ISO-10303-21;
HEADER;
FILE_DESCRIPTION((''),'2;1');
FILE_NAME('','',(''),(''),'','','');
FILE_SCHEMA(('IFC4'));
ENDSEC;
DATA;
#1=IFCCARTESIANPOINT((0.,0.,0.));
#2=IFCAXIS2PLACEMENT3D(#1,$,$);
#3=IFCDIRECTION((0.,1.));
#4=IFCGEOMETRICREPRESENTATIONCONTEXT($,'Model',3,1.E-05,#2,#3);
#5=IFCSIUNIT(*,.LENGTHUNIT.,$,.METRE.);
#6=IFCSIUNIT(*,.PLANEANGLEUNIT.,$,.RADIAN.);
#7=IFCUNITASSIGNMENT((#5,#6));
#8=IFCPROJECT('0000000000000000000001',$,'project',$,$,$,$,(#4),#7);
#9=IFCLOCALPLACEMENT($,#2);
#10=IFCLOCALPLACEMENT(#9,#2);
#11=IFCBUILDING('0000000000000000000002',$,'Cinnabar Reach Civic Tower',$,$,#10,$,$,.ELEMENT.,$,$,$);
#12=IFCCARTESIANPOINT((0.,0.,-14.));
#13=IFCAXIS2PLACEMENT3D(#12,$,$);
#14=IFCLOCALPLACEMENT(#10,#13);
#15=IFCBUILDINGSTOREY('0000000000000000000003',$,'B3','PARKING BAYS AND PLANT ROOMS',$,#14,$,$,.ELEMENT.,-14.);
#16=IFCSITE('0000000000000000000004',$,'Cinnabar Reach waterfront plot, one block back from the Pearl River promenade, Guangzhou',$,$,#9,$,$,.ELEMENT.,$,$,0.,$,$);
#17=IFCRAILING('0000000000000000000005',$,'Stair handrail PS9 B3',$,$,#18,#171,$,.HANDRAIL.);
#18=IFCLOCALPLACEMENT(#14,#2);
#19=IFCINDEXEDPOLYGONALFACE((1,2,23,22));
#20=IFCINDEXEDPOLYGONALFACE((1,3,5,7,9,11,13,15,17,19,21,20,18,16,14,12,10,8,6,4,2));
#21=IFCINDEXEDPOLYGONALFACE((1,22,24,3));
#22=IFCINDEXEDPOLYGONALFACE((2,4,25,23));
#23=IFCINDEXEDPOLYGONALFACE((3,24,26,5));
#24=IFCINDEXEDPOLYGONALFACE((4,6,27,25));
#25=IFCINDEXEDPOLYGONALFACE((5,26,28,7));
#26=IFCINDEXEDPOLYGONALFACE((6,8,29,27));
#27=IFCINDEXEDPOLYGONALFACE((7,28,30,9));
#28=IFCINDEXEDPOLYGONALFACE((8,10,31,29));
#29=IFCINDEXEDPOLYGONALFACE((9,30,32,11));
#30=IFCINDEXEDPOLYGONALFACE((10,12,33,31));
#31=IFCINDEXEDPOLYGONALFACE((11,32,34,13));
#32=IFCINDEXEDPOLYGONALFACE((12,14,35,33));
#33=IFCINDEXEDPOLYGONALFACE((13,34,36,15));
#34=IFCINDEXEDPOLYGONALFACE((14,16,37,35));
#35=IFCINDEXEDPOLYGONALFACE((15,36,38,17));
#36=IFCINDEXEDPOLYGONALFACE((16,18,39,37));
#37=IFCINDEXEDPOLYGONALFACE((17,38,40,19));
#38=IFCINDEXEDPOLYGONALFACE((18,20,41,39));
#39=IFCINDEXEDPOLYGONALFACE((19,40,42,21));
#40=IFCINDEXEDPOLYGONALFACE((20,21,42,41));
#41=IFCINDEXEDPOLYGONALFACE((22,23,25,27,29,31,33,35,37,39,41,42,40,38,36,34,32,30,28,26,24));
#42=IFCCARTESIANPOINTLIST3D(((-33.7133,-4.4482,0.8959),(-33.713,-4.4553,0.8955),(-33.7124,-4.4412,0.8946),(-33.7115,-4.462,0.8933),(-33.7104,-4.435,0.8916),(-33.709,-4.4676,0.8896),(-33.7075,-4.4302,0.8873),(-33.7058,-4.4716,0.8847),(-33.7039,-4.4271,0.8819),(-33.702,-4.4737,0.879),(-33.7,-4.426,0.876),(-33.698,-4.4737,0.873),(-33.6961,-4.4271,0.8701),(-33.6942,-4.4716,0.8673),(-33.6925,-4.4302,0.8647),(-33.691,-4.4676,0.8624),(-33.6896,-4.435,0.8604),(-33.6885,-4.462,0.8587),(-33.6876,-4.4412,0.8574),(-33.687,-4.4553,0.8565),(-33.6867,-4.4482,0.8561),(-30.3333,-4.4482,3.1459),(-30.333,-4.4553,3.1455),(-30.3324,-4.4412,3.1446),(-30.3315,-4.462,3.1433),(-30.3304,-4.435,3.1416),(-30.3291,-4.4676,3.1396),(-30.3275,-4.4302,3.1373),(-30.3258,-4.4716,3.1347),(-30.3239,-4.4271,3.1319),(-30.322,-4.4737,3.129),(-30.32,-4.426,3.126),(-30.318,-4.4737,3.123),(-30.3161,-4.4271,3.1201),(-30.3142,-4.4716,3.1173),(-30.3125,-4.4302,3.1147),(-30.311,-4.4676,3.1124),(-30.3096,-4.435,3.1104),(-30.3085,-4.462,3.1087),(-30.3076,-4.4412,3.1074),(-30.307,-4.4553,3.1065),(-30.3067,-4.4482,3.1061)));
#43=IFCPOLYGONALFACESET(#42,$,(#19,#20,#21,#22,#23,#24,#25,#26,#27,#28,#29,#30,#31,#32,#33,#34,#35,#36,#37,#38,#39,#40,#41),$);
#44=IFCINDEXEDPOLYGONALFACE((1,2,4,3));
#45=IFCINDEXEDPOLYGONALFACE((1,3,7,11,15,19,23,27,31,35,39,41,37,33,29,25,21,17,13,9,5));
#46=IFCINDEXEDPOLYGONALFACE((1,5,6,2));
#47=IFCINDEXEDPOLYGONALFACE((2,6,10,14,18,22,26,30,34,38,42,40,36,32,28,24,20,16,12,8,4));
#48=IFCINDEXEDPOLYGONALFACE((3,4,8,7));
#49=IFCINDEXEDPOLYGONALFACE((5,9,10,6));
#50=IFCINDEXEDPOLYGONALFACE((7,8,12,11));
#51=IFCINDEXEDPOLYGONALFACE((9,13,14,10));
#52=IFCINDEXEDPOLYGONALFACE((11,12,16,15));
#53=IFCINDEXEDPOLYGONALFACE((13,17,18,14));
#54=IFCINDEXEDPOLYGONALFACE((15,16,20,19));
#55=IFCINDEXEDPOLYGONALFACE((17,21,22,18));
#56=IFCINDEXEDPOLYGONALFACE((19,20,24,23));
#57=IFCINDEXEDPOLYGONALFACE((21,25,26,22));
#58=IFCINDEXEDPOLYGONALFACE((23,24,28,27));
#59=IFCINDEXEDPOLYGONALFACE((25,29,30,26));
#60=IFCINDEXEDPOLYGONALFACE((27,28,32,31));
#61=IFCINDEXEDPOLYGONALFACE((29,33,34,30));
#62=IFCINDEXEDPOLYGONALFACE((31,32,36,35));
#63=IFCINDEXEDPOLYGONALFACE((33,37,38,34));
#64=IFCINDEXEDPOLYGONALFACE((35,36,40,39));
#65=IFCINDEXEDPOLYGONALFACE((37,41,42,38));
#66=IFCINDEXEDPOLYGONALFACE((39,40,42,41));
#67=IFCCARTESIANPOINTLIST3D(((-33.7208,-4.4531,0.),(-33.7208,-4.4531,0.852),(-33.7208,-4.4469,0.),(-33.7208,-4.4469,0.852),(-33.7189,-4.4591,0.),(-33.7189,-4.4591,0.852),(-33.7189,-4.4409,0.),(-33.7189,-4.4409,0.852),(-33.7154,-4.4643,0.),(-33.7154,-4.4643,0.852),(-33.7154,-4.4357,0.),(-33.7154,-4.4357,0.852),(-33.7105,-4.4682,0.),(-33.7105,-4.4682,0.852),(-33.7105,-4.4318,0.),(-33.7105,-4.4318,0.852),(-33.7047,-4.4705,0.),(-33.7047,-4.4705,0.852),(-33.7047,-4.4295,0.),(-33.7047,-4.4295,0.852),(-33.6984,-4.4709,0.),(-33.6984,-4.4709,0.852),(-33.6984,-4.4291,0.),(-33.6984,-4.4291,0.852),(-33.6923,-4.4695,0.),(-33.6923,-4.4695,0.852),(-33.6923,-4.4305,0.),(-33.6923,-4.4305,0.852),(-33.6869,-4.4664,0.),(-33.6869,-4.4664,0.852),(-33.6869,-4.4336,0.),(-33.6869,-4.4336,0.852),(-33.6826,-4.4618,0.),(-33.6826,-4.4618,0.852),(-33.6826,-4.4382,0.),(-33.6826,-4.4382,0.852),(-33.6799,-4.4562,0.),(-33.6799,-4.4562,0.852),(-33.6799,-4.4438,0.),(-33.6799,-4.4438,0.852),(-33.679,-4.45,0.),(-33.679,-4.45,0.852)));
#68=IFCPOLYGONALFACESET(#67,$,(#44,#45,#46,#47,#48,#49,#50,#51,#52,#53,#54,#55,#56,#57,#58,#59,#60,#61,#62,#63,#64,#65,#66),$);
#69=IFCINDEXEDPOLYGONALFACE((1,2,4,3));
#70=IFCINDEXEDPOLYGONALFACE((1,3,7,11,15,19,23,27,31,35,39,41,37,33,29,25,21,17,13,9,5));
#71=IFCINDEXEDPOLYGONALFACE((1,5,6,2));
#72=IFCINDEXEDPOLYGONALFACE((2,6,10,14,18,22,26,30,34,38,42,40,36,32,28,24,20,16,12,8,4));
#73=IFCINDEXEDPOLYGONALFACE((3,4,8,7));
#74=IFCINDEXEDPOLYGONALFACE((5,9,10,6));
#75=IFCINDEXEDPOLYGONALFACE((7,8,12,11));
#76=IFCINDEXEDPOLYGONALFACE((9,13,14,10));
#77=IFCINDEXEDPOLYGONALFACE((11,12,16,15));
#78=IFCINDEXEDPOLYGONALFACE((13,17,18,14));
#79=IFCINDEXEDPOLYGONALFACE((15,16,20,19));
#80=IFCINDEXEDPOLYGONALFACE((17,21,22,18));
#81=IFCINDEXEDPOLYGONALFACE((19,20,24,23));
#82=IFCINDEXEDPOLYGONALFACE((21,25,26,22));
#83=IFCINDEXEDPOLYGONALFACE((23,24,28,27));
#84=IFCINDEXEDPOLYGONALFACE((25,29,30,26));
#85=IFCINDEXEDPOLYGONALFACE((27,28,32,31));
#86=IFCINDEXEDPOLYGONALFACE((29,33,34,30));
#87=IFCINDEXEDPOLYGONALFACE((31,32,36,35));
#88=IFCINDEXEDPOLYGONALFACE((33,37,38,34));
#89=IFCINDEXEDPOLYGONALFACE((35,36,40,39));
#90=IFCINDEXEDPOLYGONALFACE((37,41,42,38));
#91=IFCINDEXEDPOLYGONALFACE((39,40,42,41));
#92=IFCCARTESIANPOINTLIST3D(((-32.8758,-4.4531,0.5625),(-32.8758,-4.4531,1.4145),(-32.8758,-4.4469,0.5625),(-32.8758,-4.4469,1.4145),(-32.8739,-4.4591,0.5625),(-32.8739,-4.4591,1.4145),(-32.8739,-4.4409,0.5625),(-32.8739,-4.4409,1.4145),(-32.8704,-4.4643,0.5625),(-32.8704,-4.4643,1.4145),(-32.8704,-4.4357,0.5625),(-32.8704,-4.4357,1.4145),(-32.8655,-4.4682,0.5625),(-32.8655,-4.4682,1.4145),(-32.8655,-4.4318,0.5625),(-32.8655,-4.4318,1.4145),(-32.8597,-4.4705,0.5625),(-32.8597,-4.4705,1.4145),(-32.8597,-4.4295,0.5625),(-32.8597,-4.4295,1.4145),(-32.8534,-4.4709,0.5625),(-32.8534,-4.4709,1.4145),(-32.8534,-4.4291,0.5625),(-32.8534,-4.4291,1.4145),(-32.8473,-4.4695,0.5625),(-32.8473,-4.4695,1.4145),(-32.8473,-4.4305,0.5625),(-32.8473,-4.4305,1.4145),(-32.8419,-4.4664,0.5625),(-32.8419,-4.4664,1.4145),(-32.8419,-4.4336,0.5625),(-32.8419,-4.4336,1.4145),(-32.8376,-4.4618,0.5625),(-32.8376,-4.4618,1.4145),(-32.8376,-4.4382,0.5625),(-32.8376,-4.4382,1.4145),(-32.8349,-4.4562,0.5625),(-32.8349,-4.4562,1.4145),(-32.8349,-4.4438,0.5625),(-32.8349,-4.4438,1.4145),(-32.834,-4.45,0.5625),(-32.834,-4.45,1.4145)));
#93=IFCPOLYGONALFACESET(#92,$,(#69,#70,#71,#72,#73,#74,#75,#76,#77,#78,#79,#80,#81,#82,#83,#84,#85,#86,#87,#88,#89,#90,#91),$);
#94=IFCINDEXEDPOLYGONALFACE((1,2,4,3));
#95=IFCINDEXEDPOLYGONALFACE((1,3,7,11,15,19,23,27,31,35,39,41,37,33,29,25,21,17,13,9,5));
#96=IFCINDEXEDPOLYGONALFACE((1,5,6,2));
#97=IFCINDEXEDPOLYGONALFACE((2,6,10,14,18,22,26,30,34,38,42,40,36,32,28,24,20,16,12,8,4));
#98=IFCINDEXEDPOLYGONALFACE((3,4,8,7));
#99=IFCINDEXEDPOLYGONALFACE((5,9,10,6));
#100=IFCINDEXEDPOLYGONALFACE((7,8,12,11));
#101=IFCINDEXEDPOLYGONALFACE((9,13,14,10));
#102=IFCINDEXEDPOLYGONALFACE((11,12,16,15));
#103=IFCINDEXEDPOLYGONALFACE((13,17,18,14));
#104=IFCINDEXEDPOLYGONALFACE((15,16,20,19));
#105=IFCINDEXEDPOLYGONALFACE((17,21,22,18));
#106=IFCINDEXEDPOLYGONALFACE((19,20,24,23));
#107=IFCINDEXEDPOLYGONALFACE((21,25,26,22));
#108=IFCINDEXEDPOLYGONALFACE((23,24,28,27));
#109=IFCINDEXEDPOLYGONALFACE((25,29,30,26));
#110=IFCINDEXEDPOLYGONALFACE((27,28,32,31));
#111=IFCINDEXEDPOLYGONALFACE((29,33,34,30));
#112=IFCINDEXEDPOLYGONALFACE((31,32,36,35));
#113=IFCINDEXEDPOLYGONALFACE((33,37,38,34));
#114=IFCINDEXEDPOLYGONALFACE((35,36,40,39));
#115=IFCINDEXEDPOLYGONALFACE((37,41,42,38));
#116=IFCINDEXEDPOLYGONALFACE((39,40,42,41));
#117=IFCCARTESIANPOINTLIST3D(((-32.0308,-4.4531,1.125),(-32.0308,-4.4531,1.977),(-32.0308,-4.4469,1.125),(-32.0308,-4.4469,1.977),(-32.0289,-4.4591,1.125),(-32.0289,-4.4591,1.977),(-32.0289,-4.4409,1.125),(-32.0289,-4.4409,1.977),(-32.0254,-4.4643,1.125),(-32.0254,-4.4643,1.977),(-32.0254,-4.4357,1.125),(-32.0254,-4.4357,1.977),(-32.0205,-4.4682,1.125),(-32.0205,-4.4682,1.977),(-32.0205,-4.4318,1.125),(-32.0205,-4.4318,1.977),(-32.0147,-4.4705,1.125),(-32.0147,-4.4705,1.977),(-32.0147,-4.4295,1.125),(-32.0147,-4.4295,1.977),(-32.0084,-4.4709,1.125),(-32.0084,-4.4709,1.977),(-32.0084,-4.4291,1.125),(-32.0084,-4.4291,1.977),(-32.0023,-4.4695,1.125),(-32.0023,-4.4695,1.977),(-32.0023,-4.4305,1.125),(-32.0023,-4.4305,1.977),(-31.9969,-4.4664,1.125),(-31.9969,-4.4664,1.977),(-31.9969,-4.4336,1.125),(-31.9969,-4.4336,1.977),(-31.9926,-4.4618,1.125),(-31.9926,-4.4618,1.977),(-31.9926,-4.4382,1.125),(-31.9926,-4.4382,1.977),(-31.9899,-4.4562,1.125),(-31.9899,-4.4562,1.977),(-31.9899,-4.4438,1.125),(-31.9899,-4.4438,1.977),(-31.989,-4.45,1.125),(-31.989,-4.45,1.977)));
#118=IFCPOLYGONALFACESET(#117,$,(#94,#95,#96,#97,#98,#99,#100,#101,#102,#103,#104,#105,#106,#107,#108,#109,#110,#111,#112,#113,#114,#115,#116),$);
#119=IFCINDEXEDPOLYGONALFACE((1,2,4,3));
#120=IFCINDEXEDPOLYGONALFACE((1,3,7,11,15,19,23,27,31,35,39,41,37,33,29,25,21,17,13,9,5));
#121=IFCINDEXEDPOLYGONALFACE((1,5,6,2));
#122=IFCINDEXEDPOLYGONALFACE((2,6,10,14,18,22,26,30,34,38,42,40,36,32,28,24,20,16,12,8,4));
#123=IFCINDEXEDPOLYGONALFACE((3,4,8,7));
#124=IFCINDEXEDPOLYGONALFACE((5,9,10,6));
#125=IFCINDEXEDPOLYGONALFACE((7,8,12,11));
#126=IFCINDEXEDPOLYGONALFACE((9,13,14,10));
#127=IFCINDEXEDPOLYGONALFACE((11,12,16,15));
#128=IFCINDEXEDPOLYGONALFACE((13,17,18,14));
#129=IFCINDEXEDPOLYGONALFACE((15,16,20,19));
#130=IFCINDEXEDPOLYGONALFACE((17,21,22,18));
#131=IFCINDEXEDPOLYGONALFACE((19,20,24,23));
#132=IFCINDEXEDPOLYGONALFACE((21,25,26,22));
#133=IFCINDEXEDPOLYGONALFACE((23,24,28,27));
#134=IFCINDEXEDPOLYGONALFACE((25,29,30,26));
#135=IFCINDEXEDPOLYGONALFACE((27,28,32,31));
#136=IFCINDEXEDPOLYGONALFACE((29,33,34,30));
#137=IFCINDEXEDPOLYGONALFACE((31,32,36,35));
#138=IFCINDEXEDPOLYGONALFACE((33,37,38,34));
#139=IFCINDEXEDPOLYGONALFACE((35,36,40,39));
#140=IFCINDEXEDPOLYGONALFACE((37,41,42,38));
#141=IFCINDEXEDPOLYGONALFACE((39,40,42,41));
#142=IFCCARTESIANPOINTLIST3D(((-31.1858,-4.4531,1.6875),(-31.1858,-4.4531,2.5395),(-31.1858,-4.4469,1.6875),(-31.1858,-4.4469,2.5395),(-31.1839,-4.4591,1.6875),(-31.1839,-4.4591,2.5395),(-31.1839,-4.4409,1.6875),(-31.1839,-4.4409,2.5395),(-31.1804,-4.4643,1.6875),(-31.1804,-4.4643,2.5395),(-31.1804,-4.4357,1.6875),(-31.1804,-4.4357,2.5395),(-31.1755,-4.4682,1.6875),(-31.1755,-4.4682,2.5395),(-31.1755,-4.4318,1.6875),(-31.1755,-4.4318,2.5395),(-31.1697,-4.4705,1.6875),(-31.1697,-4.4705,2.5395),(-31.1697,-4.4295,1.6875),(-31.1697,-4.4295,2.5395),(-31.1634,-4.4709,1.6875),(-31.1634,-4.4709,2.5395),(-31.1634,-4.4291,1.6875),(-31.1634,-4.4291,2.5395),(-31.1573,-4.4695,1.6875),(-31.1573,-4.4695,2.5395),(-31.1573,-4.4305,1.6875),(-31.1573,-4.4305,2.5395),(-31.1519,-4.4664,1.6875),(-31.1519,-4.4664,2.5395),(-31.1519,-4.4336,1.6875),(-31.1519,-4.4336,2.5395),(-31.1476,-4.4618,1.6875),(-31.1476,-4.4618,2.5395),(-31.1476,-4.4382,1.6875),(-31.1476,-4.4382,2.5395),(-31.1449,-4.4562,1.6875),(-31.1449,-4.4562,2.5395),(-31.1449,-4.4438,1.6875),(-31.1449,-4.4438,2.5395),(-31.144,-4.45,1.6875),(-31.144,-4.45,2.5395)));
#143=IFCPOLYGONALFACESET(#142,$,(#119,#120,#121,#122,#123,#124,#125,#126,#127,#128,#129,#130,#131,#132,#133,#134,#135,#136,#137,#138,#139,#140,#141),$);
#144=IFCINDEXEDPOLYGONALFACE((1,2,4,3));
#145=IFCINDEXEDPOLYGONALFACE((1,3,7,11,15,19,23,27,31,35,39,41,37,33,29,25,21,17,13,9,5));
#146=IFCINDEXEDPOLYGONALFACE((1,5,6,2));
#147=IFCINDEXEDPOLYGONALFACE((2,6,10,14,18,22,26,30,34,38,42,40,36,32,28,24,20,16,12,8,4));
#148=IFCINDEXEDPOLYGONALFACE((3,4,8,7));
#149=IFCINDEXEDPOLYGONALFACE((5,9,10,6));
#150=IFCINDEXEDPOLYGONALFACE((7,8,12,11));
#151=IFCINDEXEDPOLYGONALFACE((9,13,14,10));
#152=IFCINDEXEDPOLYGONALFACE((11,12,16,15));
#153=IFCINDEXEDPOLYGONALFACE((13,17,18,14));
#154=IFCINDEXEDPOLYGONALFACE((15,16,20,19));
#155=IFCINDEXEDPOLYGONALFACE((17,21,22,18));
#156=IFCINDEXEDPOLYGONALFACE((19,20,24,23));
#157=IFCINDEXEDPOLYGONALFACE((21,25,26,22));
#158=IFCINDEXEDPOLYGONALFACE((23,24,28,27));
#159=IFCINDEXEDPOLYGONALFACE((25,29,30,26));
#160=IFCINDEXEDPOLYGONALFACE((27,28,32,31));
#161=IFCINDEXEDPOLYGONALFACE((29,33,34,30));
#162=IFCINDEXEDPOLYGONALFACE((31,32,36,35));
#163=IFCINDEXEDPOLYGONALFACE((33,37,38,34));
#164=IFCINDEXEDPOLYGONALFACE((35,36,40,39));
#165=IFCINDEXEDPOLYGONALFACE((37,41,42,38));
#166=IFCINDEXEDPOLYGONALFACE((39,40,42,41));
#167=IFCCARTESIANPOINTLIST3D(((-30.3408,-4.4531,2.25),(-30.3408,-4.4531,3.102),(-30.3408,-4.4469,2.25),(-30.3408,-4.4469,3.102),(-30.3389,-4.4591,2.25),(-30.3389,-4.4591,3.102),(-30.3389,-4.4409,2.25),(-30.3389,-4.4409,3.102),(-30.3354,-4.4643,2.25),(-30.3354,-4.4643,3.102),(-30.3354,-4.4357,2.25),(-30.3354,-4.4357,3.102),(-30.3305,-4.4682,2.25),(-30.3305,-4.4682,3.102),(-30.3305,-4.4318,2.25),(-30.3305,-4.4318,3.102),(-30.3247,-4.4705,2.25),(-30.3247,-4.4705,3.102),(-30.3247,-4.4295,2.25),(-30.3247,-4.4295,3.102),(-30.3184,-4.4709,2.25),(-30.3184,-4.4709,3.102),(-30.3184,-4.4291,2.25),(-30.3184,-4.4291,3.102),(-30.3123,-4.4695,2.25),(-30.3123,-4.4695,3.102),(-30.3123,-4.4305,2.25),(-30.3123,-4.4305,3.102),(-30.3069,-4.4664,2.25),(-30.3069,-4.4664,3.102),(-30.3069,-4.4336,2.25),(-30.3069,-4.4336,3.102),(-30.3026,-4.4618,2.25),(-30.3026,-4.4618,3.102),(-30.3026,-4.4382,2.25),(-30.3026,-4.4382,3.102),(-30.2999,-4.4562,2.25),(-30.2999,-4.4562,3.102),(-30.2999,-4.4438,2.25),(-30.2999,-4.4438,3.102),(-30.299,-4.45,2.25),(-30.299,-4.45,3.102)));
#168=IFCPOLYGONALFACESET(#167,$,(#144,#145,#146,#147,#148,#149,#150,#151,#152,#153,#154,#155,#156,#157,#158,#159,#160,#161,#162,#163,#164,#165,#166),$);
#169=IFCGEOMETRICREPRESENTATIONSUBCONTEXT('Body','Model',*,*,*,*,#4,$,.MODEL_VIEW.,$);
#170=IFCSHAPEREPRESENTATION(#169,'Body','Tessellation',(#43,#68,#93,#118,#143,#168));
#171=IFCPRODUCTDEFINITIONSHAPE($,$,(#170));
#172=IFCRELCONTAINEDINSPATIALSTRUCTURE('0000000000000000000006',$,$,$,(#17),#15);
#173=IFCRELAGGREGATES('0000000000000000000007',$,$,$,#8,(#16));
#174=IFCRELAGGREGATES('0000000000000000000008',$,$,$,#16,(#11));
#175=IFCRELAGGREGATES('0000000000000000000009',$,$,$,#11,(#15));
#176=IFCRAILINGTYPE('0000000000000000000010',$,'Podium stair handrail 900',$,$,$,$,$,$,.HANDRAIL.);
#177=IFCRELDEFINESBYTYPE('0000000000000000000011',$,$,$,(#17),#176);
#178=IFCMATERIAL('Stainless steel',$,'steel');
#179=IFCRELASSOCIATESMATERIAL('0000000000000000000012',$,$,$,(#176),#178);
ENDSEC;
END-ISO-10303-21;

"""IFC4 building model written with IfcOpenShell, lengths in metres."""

from ifc_helpers import new_model, si_unit, direction, frame, origin, origin_2d, place, context, subcontext, project, spatial, circle, extrude, material, type_object, element, save


model = new_model("IFC4")

# Units and contexts
model_context = context("Model", 3, precision=1e-05, world=origin(), true_north=direction((0.0, 1.0)))
body_context = subcontext(model_context, "Body", "Model", "MODEL_VIEW")
ifc_project = project(units=[si_unit("LENGTHUNIT", "METRE"), si_unit("PLANEANGLEUNIT", "RADIAN")], contexts=[model_context])

# Site, building, storey
site_placement = place(None, origin())
site = spatial("IfcSite", under=ifc_project, at=site_placement, Name="Cinnabar Reach waterfront plot, one block back from the Pearl River promenade, Guangzhou", CompositionType="ELEMENT", RefElevation=0.0)
building_placement = place(site_placement, origin())
building = spatial("IfcBuilding", under=site, at=building_placement, Name="Cinnabar Reach Civic Tower", CompositionType="ELEMENT")
storey_placement = place(building_placement, frame((0.0, 0.0, -14.0)))
storey = spatial("IfcBuildingStorey", under=building, at=storey_placement, Name="B3", Description="PARKING BAYS AND PLANT ROOMS", CompositionType="ELEMENT", Elevation=-14.0)

# Railing
ifc_material_1 = material(Name="Stainless steel", Category="steel")
railing_type_1 = type_object("IfcRailingType", Name="Podium stair handrail 900", PredefinedType="HANDRAIL", material=ifc_material_1)
railing_1_placement = place(storey_placement, frame((-33.7, -4.45, 0.0)))
element("IfcRailing", 1, at=railing_1_placement, inside=storey, type_object=railing_type_1, Name="Stair handrail PS9 B3", PredefinedType="HANDRAIL", context=body_context, shape_type="SweptSolid", body=[
    extrude(circle(Radius=0.024, at=origin_2d()), frame((0.0, 0.0, 0.876), z_axis=(0.832429, 0.0, 0.554132), x_axis=(0.0, 1.0, 0.0)), (0.0, 0.0, 1.0), 4.0604),
    extrude(circle(Radius=0.021, at=origin_2d()), origin(), (0.0, 0.0, 1.0), 0.852),
    extrude(circle(Radius=0.021, at=origin_2d()), frame((0.845, 0.0, 0.5625)), (0.0, 0.0, 1.0), 0.852),
    extrude(circle(Radius=0.021, at=origin_2d()), frame((1.69, 0.0, 1.125)), (0.0, 0.0, 1.0), 0.852),
    extrude(circle(Radius=0.021, at=origin_2d()), frame((2.535, 0.0, 1.6875)), (0.0, 0.0, 1.0), 0.852),
    extrude(circle(Radius=0.021, at=origin_2d()), frame((3.38, 0.0, 2.25)), (0.0, 0.0, 1.0), 0.852),
])

save(model, "model.ifc")
